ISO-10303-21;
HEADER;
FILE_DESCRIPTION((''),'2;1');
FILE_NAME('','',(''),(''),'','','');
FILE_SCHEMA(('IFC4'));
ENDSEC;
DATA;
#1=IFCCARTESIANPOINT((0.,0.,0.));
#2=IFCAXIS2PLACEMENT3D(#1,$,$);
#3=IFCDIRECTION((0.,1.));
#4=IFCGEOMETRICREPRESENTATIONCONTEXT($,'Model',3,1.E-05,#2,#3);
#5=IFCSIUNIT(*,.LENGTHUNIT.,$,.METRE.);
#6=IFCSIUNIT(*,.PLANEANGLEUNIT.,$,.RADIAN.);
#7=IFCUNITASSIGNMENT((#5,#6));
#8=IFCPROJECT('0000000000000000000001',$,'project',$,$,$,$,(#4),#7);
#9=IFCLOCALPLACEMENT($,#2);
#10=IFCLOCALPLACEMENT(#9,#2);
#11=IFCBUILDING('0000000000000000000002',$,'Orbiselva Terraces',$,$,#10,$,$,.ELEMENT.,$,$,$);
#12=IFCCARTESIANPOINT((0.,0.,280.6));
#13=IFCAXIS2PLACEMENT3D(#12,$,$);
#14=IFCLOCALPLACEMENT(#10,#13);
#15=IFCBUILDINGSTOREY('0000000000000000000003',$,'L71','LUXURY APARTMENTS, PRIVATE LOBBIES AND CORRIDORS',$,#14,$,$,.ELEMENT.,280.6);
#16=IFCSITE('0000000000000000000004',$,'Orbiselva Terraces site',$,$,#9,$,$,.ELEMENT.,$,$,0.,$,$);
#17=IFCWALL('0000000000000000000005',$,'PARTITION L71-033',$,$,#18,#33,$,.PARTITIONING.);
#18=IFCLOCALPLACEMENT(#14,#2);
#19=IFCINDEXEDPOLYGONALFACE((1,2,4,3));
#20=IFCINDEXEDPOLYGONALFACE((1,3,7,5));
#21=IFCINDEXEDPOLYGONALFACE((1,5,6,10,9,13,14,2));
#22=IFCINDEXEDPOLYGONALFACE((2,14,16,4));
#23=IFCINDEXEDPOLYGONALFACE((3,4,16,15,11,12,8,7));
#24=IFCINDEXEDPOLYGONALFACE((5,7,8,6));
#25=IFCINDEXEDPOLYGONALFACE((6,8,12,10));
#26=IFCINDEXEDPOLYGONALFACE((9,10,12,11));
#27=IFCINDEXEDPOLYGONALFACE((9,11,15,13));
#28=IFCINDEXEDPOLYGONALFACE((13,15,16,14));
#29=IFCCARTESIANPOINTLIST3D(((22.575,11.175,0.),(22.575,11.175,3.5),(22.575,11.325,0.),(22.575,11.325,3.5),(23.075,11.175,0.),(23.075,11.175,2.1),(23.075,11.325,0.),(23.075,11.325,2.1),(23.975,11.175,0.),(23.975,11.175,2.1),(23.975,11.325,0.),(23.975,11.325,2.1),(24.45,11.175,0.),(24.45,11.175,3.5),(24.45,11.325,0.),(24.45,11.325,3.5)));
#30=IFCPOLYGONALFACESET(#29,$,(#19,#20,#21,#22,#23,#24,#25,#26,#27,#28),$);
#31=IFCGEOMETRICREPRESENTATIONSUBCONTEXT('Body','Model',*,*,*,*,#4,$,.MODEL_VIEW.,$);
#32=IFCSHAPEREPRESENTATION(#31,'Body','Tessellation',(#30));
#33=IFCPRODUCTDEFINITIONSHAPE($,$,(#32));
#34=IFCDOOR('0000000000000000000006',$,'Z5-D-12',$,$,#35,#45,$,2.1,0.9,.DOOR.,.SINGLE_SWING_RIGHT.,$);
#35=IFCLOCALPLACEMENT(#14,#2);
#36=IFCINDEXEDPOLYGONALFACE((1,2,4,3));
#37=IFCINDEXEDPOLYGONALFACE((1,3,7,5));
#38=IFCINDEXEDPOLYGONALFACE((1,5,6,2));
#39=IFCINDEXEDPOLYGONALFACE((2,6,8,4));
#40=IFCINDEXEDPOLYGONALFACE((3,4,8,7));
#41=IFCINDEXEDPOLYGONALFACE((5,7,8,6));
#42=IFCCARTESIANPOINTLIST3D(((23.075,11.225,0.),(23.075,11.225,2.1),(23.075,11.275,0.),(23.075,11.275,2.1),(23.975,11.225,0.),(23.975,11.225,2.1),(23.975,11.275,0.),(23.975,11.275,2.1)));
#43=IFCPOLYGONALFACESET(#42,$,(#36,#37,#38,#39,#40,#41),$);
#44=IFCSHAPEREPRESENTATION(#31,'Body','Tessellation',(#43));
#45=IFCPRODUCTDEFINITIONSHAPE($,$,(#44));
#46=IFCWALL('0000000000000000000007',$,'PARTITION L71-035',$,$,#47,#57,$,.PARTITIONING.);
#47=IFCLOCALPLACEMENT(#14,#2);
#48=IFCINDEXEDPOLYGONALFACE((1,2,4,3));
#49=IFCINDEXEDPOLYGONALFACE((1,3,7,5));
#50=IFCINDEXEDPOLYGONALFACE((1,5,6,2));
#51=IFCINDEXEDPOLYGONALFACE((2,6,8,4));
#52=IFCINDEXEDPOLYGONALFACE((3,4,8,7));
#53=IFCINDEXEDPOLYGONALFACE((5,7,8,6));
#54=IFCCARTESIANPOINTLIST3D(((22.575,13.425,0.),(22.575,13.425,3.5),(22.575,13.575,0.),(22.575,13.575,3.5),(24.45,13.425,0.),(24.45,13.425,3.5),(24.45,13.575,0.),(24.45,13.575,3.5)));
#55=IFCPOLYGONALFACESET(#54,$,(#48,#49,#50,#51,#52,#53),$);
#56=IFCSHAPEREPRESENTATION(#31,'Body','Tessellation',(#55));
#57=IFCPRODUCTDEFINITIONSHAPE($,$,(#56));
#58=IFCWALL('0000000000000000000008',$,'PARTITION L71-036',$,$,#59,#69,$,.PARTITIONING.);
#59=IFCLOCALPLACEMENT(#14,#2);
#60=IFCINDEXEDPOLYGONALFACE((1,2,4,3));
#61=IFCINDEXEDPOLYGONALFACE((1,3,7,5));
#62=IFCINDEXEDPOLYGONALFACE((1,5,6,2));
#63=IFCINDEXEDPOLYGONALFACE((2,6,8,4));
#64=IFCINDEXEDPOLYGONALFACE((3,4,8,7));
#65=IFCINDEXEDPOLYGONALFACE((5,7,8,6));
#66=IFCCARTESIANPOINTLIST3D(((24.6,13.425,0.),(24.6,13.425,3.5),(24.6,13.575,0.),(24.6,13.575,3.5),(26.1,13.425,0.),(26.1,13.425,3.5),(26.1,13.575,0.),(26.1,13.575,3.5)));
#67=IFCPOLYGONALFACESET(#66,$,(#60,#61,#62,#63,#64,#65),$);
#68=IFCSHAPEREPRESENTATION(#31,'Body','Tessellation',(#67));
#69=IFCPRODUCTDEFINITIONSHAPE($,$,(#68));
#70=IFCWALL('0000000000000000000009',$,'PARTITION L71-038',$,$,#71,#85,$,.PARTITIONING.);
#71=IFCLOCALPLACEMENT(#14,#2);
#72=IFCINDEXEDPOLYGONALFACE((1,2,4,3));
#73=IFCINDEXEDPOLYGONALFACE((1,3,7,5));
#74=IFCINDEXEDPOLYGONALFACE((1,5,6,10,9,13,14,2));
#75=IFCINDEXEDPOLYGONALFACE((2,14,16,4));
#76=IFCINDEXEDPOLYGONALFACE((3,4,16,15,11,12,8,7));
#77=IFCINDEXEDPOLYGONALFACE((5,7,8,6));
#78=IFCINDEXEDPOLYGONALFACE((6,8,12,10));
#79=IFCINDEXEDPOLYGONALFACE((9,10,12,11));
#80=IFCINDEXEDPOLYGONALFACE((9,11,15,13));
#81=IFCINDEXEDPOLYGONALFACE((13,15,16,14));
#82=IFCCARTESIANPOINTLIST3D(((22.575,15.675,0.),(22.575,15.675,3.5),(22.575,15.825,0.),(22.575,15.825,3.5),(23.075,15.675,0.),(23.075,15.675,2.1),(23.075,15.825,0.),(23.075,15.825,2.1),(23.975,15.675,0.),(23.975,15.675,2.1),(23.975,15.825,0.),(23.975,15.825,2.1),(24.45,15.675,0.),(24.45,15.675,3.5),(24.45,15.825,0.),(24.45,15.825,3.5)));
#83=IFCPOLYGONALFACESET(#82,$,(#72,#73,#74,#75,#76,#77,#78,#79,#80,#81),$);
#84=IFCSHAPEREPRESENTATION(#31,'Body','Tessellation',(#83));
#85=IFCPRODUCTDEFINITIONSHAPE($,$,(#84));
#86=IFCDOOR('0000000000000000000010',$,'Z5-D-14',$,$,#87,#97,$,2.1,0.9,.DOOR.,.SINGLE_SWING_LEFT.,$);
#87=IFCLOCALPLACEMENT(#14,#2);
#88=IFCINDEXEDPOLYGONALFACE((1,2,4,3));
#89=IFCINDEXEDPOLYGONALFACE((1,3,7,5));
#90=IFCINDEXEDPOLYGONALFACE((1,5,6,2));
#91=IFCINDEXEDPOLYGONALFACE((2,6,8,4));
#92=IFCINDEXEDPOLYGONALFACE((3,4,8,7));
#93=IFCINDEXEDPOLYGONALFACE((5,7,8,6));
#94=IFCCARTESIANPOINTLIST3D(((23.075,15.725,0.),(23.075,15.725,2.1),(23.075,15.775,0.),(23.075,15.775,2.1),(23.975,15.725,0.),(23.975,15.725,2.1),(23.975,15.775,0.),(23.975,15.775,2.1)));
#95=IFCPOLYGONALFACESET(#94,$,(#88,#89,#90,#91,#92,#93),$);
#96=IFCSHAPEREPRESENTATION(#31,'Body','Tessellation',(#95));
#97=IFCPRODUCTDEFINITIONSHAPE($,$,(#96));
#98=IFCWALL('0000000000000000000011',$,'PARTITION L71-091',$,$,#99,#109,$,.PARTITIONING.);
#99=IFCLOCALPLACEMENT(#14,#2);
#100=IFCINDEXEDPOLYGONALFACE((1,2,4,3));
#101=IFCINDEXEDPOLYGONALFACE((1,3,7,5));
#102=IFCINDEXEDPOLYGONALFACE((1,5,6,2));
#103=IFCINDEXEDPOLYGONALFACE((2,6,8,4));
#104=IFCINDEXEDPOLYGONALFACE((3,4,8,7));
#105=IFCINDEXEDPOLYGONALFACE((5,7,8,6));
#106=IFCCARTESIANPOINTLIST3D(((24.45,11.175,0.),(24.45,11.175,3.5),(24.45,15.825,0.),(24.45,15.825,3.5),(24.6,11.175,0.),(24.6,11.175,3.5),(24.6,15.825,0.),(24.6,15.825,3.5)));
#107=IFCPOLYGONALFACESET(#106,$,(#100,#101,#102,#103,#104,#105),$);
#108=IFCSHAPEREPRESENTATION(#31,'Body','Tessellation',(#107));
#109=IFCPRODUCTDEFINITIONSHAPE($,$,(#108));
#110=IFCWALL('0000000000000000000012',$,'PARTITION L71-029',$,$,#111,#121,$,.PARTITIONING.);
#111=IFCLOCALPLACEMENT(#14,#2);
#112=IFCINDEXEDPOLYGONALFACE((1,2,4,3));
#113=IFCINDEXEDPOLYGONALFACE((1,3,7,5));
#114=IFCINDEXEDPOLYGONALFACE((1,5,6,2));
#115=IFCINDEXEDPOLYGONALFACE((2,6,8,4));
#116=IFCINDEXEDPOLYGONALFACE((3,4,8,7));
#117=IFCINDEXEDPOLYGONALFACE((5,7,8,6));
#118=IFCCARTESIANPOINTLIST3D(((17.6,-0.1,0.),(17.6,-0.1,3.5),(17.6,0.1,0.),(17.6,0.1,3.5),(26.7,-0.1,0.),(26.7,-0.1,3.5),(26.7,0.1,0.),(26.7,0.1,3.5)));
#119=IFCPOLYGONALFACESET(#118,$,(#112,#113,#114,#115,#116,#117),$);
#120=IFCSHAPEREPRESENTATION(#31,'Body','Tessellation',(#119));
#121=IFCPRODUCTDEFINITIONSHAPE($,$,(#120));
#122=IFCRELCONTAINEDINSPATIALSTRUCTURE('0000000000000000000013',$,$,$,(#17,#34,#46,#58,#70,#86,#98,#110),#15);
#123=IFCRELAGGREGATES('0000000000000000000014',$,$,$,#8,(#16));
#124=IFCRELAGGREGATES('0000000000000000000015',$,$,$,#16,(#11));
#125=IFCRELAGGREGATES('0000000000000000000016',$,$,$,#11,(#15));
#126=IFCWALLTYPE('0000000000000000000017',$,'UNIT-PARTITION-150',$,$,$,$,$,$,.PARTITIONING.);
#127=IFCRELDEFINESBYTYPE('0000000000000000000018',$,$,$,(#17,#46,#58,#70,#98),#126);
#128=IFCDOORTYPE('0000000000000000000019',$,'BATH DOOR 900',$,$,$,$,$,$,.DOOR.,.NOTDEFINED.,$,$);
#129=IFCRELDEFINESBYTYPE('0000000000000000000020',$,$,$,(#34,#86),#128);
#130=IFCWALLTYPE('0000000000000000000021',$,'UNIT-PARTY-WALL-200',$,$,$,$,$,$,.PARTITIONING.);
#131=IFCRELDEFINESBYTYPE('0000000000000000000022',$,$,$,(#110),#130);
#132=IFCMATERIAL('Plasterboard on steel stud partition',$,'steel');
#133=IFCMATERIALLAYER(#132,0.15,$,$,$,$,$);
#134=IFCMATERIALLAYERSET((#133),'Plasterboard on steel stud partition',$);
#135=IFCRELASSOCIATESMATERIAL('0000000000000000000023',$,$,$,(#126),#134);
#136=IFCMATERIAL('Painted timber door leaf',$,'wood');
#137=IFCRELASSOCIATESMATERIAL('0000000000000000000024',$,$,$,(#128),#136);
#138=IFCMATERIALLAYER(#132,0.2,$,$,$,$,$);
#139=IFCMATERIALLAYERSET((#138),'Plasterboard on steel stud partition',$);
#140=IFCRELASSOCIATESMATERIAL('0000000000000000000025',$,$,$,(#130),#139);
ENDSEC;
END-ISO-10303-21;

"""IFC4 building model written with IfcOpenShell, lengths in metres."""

from ifc_helpers import new_model, si_unit, direction, frame, frame_2d, origin, place, context, subcontext, project, spatial, rectangle, extrude, material, layer, layer_set, type_object, element, fill, save


model = new_model("IFC4")

# Units and contexts
model_context = context("Model", 3, precision=1e-05, world=origin(), true_north=direction((0.0, 1.0)))
body_context = subcontext(model_context, "Body", "Model", "MODEL_VIEW")
ifc_project = project(units=[si_unit("LENGTHUNIT", "METRE"), si_unit("PLANEANGLEUNIT", "RADIAN")], contexts=[model_context])

# Site, building, storey
site_placement = place(None, origin())
site = spatial("IfcSite", under=ifc_project, at=site_placement, Name="Orbiselva Terraces site", CompositionType="ELEMENT", RefElevation=0.0)
building_placement = place(site_placement, origin())
building = spatial("IfcBuilding", under=site, at=building_placement, Name="Orbiselva Terraces", CompositionType="ELEMENT")
storey_placement = place(building_placement, frame((0.0, 0.0, 280.6)))
storey = spatial("IfcBuildingStorey", under=building, at=storey_placement, Name="L71", Description="LUXURY APARTMENTS, PRIVATE LOBBIES AND CORRIDORS", CompositionType="ELEMENT", Elevation=280.6)

# Shared definitions
ifc_material_1 = material(Name="Plasterboard on steel stud partition", Category="steel")
ifc_material_2 = material(Name="Painted timber door leaf", Category="wood")

# Shared definitions
ifc_layer_1 = layer(ifc_material_1, 0.15)
ifc_layer_set_1 = layer_set([ifc_layer_1], Name="Plasterboard on steel stud partition")
wall_type_1 = type_object("IfcWallType", Name="UNIT-PARTITION-150", PredefinedType="PARTITIONING", material=ifc_layer_set_1)

# Wall, opening, door
wall_1_placement = place(storey_placement, frame((22.575, 11.25, 0.0), z_axis=(0.0, 0.0, 1.0), x_axis=(1.0, 0.0, 0.0)))
wall_1 = element("IfcWall", 1, at=wall_1_placement, inside=storey, type_object=wall_type_1, Name="PARTITION L71-033", PredefinedType="PARTITIONING", context=body_context, shape_type="SweptSolid", body=[
    extrude(rectangle(XDim=1.875, YDim=0.15, at=frame_2d((0.9375, 0.0))), origin(), (0.0, 0.0, 1.0), 3.5),
])
opening_1_placement = place(wall_1_placement, frame((0.5, 0.0, 0.0)))
opening_1 = element("IfcOpeningElement", 2, at=opening_1_placement, cuts=wall_1, PredefinedType="OPENING", context=body_context, shape_type="SweptSolid", body=[
    extrude(rectangle(XDim=0.9, YDim=2.1, at=frame_2d((0.45, 1.05))), frame((0.0, 0.085, 0.0), z_axis=(0.0, -1.0, 0.0), x_axis=(1.0, 0.0, 0.0)), (0.0, 0.0, 1.0), 0.17),
])
door_type_1 = type_object("IfcDoorType", Name="BATH DOOR 900", OperationType="NOTDEFINED", PredefinedType="DOOR", material=ifc_material_2)
door_1_placement = place(opening_1_placement, origin())
door_1 = element("IfcDoor", 3, at=door_1_placement, inside=storey, type_object=door_type_1, Name="Z5-D-12", OperationType="SINGLE_SWING_RIGHT", OverallHeight=2.1, OverallWidth=0.9, PredefinedType="DOOR", context=body_context, shape_type="SweptSolid", body=[
    extrude(rectangle(XDim=0.9, YDim=2.1, at=frame_2d((0.45, 1.05))), frame((0.0, 0.025, 0.0), z_axis=(0.0, -1.0, 0.0), x_axis=(1.0, 0.0, 0.0)), (0.0, 0.0, 1.0), 0.05),
])
fill(opening_1, door_1)

# Walls
wall_2_placement = place(storey_placement, frame((22.575, 13.5, 0.0), z_axis=(0.0, 0.0, 1.0), x_axis=(1.0, 0.0, 0.0)))
element("IfcWall", 4, at=wall_2_placement, inside=storey, type_object=wall_type_1, Name="PARTITION L71-035", PredefinedType="PARTITIONING", context=body_context, shape_type="SweptSolid", body=[
    extrude(rectangle(XDim=1.875, YDim=0.15, at=frame_2d((0.9375, 0.0))), origin(), (0.0, 0.0, 1.0), 3.5),
])
wall_3_placement = place(storey_placement, frame((24.6, 13.5, 0.0), z_axis=(0.0, 0.0, 1.0), x_axis=(1.0, 0.0, 0.0)))
element("IfcWall", 5, at=wall_3_placement, inside=storey, type_object=wall_type_1, Name="PARTITION L71-036", PredefinedType="PARTITIONING", context=body_context, shape_type="SweptSolid", body=[
    extrude(rectangle(XDim=1.5, YDim=0.15, at=frame_2d((0.75, 0.0))), origin(), (0.0, 0.0, 1.0), 3.5),
])

# Wall, opening, door
wall_4_placement = place(storey_placement, frame((24.45, 15.75, 0.0), z_axis=(0.0, 0.0, 1.0), x_axis=(-1.0, 0.0, 0.0)))
wall_4 = element("IfcWall", 6, at=wall_4_placement, inside=storey, type_object=wall_type_1, Name="PARTITION L71-038", PredefinedType="PARTITIONING", context=body_context, shape_type="SweptSolid", body=[
    extrude(rectangle(XDim=1.875, YDim=0.15, at=frame_2d((0.9375, 0.0))), origin(), (0.0, 0.0, 1.0), 3.5),
])
opening_2_placement = place(wall_4_placement, frame((0.475, 0.0, 0.0)))
opening_2 = element("IfcOpeningElement", 7, at=opening_2_placement, cuts=wall_4, PredefinedType="OPENING", context=body_context, shape_type="SweptSolid", body=[
    extrude(rectangle(XDim=0.9, YDim=2.1, at=frame_2d((0.45, 1.05))), frame((0.0, 0.085, 0.0), z_axis=(0.0, -1.0, 0.0), x_axis=(1.0, 0.0, 0.0)), (0.0, 0.0, 1.0), 0.17),
])
door_2_placement = place(opening_2_placement, origin())
door_2 = element("IfcDoor", 8, at=door_2_placement, inside=storey, type_object=door_type_1, Name="Z5-D-14", OperationType="SINGLE_SWING_LEFT", OverallHeight=2.1, OverallWidth=0.9, PredefinedType="DOOR", context=body_context, shape_type="SweptSolid", body=[
    extrude(rectangle(XDim=0.9, YDim=2.1, at=frame_2d((0.45, 1.05))), frame((0.0, 0.025, 0.0), z_axis=(0.0, -1.0, 0.0), x_axis=(1.0, 0.0, 0.0)), (0.0, 0.0, 1.0), 0.05),
])
fill(opening_2, door_2)

# Walls
wall_5_placement = place(storey_placement, frame((24.525, 11.175, 0.0), z_axis=(0.0, 0.0, 1.0), x_axis=(0.0, 1.0, 0.0)))
element("IfcWall", 9, at=wall_5_placement, inside=storey, type_object=wall_type_1, Name="PARTITION L71-091", PredefinedType="PARTITIONING", context=body_context, shape_type="SweptSolid", body=[
    extrude(rectangle(XDim=4.65, YDim=0.15, at=frame_2d((2.325, 0.0))), origin(), (0.0, 0.0, 1.0), 3.5),
])
ifc_layer_2 = layer(ifc_material_1, 0.2)
ifc_layer_set_2 = layer_set([ifc_layer_2], Name="Plasterboard on steel stud partition")
wall_type_2 = type_object("IfcWallType", Name="UNIT-PARTY-WALL-200", PredefinedType="PARTITIONING", material=ifc_layer_set_2)
wall_6_placement = place(storey_placement, frame((17.6, 0.0, 0.0), z_axis=(0.0, 0.0, 1.0), x_axis=(1.0, 0.0, 0.0)))
element("IfcWall", 10, at=wall_6_placement, inside=storey, type_object=wall_type_2, Name="PARTITION L71-029", PredefinedType="PARTITIONING", context=body_context, shape_type="SweptSolid", body=[
    extrude(rectangle(XDim=9.1, YDim=0.2, at=frame_2d((4.55, 0.0))), origin(), (0.0, 0.0, 1.0), 3.5),
])

save(model, "model.ifc")
